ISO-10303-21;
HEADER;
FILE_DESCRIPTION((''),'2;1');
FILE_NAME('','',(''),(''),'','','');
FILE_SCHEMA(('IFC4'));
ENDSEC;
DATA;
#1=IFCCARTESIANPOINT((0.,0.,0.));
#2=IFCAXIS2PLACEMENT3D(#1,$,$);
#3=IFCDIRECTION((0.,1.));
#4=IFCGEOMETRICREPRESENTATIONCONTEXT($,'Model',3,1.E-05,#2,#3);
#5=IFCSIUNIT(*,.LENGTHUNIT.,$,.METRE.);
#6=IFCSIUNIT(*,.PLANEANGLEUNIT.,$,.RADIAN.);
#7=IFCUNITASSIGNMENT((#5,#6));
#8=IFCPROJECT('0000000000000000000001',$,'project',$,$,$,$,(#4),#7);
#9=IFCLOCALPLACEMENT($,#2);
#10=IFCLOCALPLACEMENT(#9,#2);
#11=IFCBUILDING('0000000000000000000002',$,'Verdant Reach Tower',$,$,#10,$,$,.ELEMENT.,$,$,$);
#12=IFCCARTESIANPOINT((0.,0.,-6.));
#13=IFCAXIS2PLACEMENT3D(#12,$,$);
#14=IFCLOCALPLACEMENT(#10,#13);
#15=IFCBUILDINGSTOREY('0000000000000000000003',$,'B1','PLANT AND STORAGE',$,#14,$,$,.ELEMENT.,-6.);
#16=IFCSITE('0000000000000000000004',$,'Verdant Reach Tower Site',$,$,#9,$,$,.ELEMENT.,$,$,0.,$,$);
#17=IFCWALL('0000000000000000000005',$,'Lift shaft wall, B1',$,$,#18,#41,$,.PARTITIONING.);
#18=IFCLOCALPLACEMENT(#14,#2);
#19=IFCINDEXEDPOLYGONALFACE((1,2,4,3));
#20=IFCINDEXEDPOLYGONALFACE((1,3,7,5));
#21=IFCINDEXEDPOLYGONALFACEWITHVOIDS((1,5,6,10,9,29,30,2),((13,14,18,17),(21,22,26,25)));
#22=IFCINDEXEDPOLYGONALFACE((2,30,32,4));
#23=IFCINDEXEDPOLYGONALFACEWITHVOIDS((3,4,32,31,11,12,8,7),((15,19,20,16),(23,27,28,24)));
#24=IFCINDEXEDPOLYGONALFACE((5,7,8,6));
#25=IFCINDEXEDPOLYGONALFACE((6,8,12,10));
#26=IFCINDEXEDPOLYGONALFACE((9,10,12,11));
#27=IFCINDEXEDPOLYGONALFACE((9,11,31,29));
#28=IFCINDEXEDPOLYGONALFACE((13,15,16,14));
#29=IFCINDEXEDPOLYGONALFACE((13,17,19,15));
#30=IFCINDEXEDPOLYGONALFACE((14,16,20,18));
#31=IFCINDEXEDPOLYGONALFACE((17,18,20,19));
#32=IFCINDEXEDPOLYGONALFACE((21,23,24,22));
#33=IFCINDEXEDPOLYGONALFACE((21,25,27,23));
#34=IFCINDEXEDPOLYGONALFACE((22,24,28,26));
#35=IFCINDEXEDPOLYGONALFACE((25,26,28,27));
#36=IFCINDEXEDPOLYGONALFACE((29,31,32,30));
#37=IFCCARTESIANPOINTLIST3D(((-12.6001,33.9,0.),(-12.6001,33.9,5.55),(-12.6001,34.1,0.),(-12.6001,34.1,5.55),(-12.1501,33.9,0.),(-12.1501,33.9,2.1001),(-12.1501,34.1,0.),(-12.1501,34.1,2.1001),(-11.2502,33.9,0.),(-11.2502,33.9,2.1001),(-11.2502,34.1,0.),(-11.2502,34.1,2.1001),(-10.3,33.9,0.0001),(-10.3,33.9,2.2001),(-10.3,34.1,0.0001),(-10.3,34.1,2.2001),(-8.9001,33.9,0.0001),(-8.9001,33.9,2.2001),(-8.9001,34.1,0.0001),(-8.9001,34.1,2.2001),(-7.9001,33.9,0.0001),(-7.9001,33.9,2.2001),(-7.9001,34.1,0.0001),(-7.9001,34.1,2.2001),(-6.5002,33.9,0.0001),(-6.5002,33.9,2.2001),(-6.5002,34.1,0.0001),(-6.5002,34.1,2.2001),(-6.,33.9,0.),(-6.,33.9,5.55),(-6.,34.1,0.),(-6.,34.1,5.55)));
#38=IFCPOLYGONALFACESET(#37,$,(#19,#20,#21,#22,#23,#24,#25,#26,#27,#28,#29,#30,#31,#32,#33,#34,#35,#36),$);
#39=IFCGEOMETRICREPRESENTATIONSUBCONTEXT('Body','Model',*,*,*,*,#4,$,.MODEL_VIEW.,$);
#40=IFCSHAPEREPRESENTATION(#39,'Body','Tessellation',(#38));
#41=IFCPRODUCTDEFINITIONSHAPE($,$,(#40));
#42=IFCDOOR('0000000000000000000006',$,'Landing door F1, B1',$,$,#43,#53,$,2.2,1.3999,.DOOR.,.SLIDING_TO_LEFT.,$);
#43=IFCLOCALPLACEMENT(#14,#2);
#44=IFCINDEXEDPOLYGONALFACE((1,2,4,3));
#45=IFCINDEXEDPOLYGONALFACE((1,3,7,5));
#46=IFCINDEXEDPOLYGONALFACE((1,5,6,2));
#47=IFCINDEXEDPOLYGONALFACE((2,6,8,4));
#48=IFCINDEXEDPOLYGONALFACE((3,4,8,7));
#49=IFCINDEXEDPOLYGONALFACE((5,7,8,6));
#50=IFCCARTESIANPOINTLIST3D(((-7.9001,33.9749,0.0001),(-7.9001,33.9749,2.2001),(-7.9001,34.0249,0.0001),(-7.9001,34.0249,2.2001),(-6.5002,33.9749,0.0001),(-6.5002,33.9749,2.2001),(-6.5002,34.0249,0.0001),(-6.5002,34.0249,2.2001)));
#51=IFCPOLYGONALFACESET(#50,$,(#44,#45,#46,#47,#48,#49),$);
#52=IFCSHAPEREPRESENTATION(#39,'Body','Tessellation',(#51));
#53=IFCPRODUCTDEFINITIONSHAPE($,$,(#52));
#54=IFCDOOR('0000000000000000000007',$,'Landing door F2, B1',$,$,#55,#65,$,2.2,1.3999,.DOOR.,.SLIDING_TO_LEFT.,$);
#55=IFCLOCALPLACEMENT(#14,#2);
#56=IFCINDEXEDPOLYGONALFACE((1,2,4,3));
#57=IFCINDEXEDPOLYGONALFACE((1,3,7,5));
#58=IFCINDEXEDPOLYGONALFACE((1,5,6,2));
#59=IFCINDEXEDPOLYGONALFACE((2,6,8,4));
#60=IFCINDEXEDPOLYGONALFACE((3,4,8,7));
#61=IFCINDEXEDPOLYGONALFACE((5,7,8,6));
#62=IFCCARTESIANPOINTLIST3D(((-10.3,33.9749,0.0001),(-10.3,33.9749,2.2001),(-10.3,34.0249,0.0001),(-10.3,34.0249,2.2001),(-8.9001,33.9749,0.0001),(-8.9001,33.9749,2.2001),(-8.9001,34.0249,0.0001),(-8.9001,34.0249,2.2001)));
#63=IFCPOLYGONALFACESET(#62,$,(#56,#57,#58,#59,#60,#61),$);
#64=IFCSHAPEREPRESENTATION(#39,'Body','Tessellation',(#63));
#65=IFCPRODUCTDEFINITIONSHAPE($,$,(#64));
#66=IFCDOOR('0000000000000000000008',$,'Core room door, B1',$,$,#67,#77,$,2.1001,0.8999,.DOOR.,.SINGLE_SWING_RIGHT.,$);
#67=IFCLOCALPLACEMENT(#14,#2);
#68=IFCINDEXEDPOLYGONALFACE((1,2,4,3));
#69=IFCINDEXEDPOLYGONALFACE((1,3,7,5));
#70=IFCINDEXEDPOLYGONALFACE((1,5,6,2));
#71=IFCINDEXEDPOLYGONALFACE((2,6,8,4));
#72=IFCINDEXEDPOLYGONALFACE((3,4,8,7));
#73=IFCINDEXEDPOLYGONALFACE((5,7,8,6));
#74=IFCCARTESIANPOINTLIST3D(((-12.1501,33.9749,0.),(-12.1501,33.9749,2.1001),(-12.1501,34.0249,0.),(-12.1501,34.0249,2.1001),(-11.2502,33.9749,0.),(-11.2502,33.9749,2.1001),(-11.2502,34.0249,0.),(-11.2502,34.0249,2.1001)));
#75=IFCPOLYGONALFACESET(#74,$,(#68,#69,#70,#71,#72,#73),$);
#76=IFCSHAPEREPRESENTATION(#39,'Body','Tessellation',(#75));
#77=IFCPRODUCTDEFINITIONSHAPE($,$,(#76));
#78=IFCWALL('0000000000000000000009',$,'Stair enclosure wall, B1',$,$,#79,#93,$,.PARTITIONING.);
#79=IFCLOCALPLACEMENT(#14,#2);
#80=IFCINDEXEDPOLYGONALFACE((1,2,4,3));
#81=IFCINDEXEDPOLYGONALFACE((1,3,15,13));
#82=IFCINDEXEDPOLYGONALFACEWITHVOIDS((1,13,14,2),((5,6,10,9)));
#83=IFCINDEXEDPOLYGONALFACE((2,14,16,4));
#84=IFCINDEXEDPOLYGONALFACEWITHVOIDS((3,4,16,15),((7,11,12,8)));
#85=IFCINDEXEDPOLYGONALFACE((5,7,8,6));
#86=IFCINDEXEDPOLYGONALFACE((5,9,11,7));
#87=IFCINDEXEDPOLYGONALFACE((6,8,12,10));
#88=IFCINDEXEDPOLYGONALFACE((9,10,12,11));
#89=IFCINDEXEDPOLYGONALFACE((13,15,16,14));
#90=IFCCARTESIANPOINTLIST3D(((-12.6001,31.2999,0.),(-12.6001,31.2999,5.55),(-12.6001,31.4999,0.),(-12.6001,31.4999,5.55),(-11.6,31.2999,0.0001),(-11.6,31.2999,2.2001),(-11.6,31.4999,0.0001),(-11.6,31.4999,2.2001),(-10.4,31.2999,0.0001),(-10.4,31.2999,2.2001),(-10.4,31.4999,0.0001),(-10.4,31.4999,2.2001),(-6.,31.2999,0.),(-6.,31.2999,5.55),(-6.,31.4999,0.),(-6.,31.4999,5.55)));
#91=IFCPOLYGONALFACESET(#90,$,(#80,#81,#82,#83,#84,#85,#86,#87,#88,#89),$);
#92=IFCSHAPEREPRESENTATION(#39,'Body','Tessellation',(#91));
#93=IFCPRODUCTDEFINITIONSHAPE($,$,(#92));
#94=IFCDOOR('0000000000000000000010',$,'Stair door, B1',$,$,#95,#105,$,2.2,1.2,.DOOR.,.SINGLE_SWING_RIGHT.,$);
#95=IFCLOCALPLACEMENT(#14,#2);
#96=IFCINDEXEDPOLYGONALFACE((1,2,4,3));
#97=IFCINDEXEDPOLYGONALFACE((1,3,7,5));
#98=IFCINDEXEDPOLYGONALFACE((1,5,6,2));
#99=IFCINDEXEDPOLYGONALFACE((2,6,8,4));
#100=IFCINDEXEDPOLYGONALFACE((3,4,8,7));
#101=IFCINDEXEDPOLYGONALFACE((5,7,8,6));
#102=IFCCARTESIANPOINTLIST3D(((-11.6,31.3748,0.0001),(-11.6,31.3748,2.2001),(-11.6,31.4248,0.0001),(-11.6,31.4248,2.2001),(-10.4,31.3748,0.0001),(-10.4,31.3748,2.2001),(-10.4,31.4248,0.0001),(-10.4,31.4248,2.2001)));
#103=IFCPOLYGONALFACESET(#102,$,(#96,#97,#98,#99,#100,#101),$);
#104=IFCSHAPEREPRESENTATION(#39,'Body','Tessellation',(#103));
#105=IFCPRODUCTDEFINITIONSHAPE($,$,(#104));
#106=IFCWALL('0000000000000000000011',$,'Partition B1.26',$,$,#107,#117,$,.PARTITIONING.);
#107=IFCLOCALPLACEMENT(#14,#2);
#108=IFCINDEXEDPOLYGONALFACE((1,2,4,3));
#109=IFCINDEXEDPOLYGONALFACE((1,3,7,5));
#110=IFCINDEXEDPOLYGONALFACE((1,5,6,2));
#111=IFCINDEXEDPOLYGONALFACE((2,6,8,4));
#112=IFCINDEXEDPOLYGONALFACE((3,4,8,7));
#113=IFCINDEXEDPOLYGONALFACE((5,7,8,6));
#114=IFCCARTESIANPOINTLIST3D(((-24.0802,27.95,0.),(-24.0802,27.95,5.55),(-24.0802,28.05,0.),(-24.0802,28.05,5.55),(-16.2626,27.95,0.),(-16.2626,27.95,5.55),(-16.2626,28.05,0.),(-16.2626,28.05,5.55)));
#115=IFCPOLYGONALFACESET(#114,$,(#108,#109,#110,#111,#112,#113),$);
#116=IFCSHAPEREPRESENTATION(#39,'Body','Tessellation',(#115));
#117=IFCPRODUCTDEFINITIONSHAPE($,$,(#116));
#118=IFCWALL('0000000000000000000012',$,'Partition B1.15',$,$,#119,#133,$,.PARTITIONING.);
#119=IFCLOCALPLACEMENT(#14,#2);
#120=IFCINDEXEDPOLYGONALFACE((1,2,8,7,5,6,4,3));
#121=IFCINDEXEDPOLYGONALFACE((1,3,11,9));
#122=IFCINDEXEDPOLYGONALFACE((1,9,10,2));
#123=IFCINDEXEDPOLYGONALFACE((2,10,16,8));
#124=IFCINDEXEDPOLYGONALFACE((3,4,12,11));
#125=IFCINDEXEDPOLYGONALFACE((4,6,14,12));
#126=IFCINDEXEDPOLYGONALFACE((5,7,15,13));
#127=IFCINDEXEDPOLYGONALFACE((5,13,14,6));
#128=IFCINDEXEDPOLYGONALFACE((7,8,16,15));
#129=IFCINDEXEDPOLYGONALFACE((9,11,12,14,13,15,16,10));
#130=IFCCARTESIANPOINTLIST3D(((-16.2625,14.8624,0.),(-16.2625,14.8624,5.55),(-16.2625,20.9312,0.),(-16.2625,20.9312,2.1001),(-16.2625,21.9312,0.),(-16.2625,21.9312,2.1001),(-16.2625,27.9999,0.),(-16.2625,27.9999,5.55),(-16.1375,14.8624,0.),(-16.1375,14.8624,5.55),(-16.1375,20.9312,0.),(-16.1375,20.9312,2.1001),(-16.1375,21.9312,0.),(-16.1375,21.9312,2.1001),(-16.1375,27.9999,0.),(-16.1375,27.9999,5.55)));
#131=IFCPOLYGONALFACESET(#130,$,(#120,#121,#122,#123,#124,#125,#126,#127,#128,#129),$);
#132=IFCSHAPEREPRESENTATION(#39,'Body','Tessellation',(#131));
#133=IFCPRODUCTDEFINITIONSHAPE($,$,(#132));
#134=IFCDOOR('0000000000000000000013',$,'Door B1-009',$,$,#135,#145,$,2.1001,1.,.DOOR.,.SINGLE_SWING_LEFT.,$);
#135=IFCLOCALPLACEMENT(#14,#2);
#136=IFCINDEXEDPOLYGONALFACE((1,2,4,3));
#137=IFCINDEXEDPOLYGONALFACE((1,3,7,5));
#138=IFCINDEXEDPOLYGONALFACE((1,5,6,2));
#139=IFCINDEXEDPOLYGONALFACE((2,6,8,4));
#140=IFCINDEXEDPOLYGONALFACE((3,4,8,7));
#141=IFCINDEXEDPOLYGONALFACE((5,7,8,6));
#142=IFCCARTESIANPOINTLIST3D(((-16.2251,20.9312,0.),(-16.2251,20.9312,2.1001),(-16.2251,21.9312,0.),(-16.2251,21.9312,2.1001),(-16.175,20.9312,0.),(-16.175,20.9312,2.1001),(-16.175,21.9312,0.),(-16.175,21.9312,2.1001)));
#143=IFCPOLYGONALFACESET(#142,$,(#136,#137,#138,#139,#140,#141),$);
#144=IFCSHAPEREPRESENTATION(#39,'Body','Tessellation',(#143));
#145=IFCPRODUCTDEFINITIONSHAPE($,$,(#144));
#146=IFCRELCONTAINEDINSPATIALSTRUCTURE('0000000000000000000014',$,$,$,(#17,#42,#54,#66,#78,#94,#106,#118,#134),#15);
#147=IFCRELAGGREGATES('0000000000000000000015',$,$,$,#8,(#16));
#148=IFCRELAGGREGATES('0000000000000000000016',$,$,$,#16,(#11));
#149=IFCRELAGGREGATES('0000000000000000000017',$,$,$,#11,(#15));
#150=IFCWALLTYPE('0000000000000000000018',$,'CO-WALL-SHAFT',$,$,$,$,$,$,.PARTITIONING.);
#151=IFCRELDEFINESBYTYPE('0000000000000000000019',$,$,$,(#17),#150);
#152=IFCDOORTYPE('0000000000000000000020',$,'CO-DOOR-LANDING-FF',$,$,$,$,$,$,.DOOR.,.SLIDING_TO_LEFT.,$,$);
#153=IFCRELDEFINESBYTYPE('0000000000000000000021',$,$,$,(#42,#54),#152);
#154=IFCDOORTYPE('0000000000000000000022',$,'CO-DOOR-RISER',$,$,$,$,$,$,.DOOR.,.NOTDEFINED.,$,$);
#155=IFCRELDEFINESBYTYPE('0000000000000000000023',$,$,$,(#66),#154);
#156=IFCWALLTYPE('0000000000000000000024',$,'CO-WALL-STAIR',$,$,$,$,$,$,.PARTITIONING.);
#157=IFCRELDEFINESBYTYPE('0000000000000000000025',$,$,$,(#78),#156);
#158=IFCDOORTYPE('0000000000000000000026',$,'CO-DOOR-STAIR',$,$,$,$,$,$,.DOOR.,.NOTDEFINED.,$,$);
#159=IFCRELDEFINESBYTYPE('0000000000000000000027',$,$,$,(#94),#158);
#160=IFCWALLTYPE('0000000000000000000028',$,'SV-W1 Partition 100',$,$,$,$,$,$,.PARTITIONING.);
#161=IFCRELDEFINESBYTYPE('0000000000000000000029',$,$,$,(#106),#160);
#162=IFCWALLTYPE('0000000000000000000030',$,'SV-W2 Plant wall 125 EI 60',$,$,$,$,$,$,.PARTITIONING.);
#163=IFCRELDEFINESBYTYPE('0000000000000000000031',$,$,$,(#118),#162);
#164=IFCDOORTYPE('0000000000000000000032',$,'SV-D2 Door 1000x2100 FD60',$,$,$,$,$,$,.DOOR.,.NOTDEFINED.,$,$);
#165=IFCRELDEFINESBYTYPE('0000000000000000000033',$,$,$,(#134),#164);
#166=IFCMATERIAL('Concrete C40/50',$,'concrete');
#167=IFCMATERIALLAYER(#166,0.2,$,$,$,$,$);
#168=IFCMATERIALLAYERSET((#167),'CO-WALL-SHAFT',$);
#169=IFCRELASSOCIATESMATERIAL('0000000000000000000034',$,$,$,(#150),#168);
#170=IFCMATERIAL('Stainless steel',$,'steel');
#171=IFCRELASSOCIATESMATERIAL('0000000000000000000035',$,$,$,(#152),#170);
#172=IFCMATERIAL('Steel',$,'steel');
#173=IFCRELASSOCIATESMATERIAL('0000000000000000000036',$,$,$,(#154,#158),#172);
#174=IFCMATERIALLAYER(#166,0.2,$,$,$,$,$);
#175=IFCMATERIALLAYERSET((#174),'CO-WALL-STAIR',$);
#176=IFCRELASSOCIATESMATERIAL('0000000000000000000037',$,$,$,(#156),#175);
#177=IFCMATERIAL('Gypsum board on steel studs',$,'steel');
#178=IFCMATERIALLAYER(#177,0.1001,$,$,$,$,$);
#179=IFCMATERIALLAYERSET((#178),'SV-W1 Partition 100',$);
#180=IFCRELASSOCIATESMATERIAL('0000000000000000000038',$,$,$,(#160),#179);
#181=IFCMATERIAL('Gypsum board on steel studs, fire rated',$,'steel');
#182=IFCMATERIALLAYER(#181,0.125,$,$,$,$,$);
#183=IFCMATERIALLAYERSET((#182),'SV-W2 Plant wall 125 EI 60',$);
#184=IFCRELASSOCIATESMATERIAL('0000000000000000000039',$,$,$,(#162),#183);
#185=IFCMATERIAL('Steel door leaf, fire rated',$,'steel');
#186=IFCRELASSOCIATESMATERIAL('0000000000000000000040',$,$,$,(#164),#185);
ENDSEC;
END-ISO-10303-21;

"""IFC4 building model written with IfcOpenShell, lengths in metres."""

from ifc_helpers import new_model, si_unit, direction, frame, frame_2d, origin, place, context, subcontext, project, spatial, rectangle, extrude, material, layer, layer_set, type_object, element, fill, save


model = new_model("IFC4")

# Units and contexts
model_context = context("Model", 3, precision=1e-05, world=origin(), true_north=direction((0.0, 1.0)))
body_context = subcontext(model_context, "Body", "Model", "MODEL_VIEW")
ifc_project = project(units=[si_unit("LENGTHUNIT", "METRE"), si_unit("PLANEANGLEUNIT", "RADIAN")], contexts=[model_context])

# Site, building, storey
site_placement = place(None, origin())
site = spatial("IfcSite", under=ifc_project, at=site_placement, Name="Verdant Reach Tower Site", CompositionType="ELEMENT", RefElevation=0.0)
building_placement = place(site_placement, origin())
building = spatial("IfcBuilding", under=site, at=building_placement, Name="Verdant Reach Tower", CompositionType="ELEMENT")
storey_placement = place(building_placement, frame((0.0, 0.0, -6.0)))
storey = spatial("IfcBuildingStorey", under=building, at=storey_placement, Name="B1", Description="PLANT AND STORAGE", CompositionType="ELEMENT", Elevation=-6.0)

# Shared definitions
ifc_material_1 = material(Name="Concrete C40/50", Category="concrete")

# Wall, openings, doors
ifc_layer_1 = layer(ifc_material_1, 0.2)
ifc_layer_set_1 = layer_set([ifc_layer_1], Name="CO-WALL-SHAFT")
wall_type_1 = type_object("IfcWallType", Name="CO-WALL-SHAFT", PredefinedType="PARTITIONING", material=ifc_layer_set_1)
wall_1_placement = place(storey_placement, frame((-12.6001, 34.0, 0.0), z_axis=(0.0, 0.0, 1.0), x_axis=(1.0, 0.0, 0.0)))
wall_1 = element("IfcWall", 1, at=wall_1_placement, inside=storey, type_object=wall_type_1, Name="Lift shaft wall, B1", PredefinedType="PARTITIONING", context=body_context, shape_type="SweptSolid", body=[
    extrude(rectangle(XDim=6.6001, YDim=0.2, at=frame_2d((3.3, 0.0))), origin(), (0.0, 0.0, 1.0), 5.55),
])
opening_1_placement = place(wall_1_placement, frame((4.7, 0.0, 0.0)))
opening_1 = element("IfcOpeningElement", 2, at=opening_1_placement, cuts=wall_1, PredefinedType="OPENING", context=body_context, shape_type="SweptSolid", body=[
    extrude(rectangle(XDim=1.3999, YDim=2.2, at=frame_2d((0.7, 1.1001))), frame((0.0, 0.1099, 0.0), z_axis=(0.0, -1.0, 0.0), x_axis=(1.0, 0.0, 0.0)), (0.0, 0.0, 1.0), 0.22),
])
opening_2_placement = place(wall_1_placement, frame((2.3, 0.0, 0.0)))
opening_2 = element("IfcOpeningElement", 3, at=opening_2_placement, cuts=wall_1, PredefinedType="OPENING", context=body_context, shape_type="SweptSolid", body=[
    extrude(rectangle(XDim=1.3999, YDim=2.2, at=frame_2d((0.7, 1.1001))), frame((0.0, 0.1099, 0.0), z_axis=(0.0, -1.0, 0.0), x_axis=(1.0, 0.0, 0.0)), (0.0, 0.0, 1.0), 0.22),
])
opening_3_placement = place(wall_1_placement, frame((0.45, 0.0, 0.0)))
opening_3 = element("IfcOpeningElement", 4, at=opening_3_placement, cuts=wall_1, PredefinedType="OPENING", context=body_context, shape_type="SweptSolid", body=[
    extrude(rectangle(XDim=0.8999, YDim=2.1001, at=frame_2d((0.45, 1.05))), frame((0.0, 0.1099, 0.0), z_axis=(0.0, -1.0, 0.0), x_axis=(1.0, 0.0, 0.0)), (0.0, 0.0, 1.0), 0.22),
])
ifc_material_2 = material(Name="Stainless steel", Category="steel")
door_type_1 = type_object("IfcDoorType", Name="CO-DOOR-LANDING-FF", OperationType="SLIDING_TO_LEFT", PredefinedType="DOOR", material=ifc_material_2)
door_1_placement = place(opening_1_placement, origin())
door_1 = element("IfcDoor", 5, at=door_1_placement, inside=storey, type_object=door_type_1, Name="Landing door F1, B1", OperationType="SLIDING_TO_LEFT", OverallHeight=2.2, OverallWidth=1.3999, PredefinedType="DOOR", context=body_context, shape_type="SweptSolid", body=[
    extrude(rectangle(XDim=1.3999, YDim=2.2, at=frame_2d((0.7, 1.1001))), frame((0.0, 0.0249, 0.0), z_axis=(0.0, -1.0, 0.0), x_axis=(1.0, 0.0, 0.0)), (0.0, 0.0, 1.0), 0.05),
])
fill(opening_1, door_1)
door_2_placement = place(opening_2_placement, origin())
door_2 = element("IfcDoor", 6, at=door_2_placement, inside=storey, type_object=door_type_1, Name="Landing door F2, B1", OperationType="SLIDING_TO_LEFT", OverallHeight=2.2, OverallWidth=1.3999, PredefinedType="DOOR", context=body_context, shape_type="SweptSolid", body=[
    extrude(rectangle(XDim=1.3999, YDim=2.2, at=frame_2d((0.7, 1.1001))), frame((0.0, 0.0249, 0.0), z_axis=(0.0, -1.0, 0.0), x_axis=(1.0, 0.0, 0.0)), (0.0, 0.0, 1.0), 0.05),
])
fill(opening_2, door_2)
ifc_material_3 = material(Name="Steel", Category="steel")
door_type_2 = type_object("IfcDoorType", Name="CO-DOOR-RISER", OperationType="NOTDEFINED", PredefinedType="DOOR", material=ifc_material_3)
door_3_placement = place(opening_3_placement, origin())
door_3 = element("IfcDoor", 7, at=door_3_placement, inside=storey, type_object=door_type_2, Name="Core room door, B1", OperationType="SINGLE_SWING_RIGHT", OverallHeight=2.1001, OverallWidth=0.8999, PredefinedType="DOOR", context=body_context, shape_type="SweptSolid", body=[
    extrude(rectangle(XDim=0.8999, YDim=2.1001, at=frame_2d((0.45, 1.05))), frame((0.0, 0.0249, 0.0), z_axis=(0.0, -1.0, 0.0), x_axis=(1.0, 0.0, 0.0)), (0.0, 0.0, 1.0), 0.05),
])
fill(opening_3, door_3)

# Wall, opening, door
ifc_layer_2 = layer(ifc_material_1, 0.2)
ifc_layer_set_2 = layer_set([ifc_layer_2], Name="CO-WALL-STAIR")
wall_type_2 = type_object("IfcWallType", Name="CO-WALL-STAIR", PredefinedType="PARTITIONING", material=ifc_layer_set_2)
wall_2_placement = place(storey_placement, frame((-12.6001, 31.3999, 0.0), z_axis=(0.0, 0.0, 1.0), x_axis=(1.0, 0.0, 0.0)))
wall_2 = element("IfcWall", 8, at=wall_2_placement, inside=storey, type_object=wall_type_2, Name="Stair enclosure wall, B1", PredefinedType="PARTITIONING", context=body_context, shape_type="SweptSolid", body=[
    extrude(rectangle(XDim=6.6001, YDim=0.2, at=frame_2d((3.3, 0.0))), origin(), (0.0, 0.0, 1.0), 5.55),
])
opening_4_placement = place(wall_2_placement, frame((1.0, 0.0, 0.0)))
opening_4 = element("IfcOpeningElement", 9, at=opening_4_placement, cuts=wall_2, PredefinedType="OPENING", context=body_context, shape_type="SweptSolid", body=[
    extrude(rectangle(XDim=1.2, YDim=2.2, at=frame_2d((0.6001, 1.1001))), frame((0.0, 0.1099, 0.0), z_axis=(0.0, -1.0, 0.0), x_axis=(1.0, 0.0, 0.0)), (0.0, 0.0, 1.0), 0.22),
])
door_type_3 = type_object("IfcDoorType", Name="CO-DOOR-STAIR", OperationType="NOTDEFINED", PredefinedType="DOOR", material=ifc_material_3)
door_4_placement = place(opening_4_placement, origin())
door_4 = element("IfcDoor", 10, at=door_4_placement, inside=storey, type_object=door_type_3, Name="Stair door, B1", OperationType="SINGLE_SWING_RIGHT", OverallHeight=2.2, OverallWidth=1.2, PredefinedType="DOOR", context=body_context, shape_type="SweptSolid", body=[
    extrude(rectangle(XDim=1.2, YDim=2.2, at=frame_2d((0.6001, 1.1001))), frame((0.0, 0.0249, 0.0), z_axis=(0.0, -1.0, 0.0), x_axis=(1.0, 0.0, 0.0)), (0.0, 0.0, 1.0), 0.05),
])
fill(opening_4, door_4)

# Wall
ifc_material_4 = material(Name="Gypsum board on steel studs", Category="steel")
ifc_layer_3 = layer(ifc_material_4, 0.1001)
ifc_layer_set_3 = layer_set([ifc_layer_3], Name="SV-W1 Partition 100")
wall_type_3 = type_object("IfcWallType", Name="SV-W1 Partition 100", PredefinedType="PARTITIONING", material=ifc_layer_set_3)
wall_3_placement = place(storey_placement, frame((-24.0801, 28.0, 0.0), z_axis=(0.0, 0.0, 1.0), x_axis=(1.0, 0.0, 0.0)))
element("IfcWall", 11, at=wall_3_placement, inside=storey, type_object=wall_type_3, Name="Partition B1.26", PredefinedType="PARTITIONING", context=body_context, shape_type="SweptSolid", body=[
    extrude(rectangle(XDim=7.8176, YDim=0.1001, at=frame_2d((3.9087, 0.0))), origin(), (0.0, 0.0, 1.0), 5.55),
])

# Wall, opening, door
ifc_material_5 = material(Name="Gypsum board on steel studs, fire rated", Category="steel")
ifc_layer_4 = layer(ifc_material_5, 0.125)
ifc_layer_set_4 = layer_set([ifc_layer_4], Name="SV-W2 Plant wall 125 EI 60")
wall_type_4 = type_object("IfcWallType", Name="SV-W2 Plant wall 125 EI 60", PredefinedType="PARTITIONING", material=ifc_layer_set_4)
wall_4_placement = place(storey_placement, frame((-16.2, 28.0, 0.0), z_axis=(0.0, 0.0, 1.0), x_axis=(0.0, -1.0, 0.0)))
wall_4 = element("IfcWall", 12, at=wall_4_placement, inside=storey, type_object=wall_type_4, Name="Partition B1.15", PredefinedType="PARTITIONING", context=body_context, shape_type="SweptSolid", body=[
    extrude(rectangle(XDim=13.1375, YDim=0.125, at=frame_2d((6.5688, 0.0))), origin(), (0.0, 0.0, 1.0), 5.55),
])
opening_5_placement = place(wall_4_placement, frame((6.0688, 0.0, 0.0)))
opening_5 = element("IfcOpeningElement", 13, at=opening_5_placement, cuts=wall_4, PredefinedType="OPENING", context=body_context, shape_type="SweptSolid", body=[
    extrude(rectangle(XDim=1.0, YDim=2.1001, at=frame_2d((0.5, 1.05))), frame((0.0, 0.0725, 0.0), z_axis=(0.0, -1.0, 0.0), x_axis=(1.0, 0.0, 0.0)), (0.0, 0.0, 1.0), 0.145),
])
ifc_material_6 = material(Name="Steel door leaf, fire rated", Category="steel")
door_type_4 = type_object("IfcDoorType", Name="SV-D2 Door 1000x2100 FD60", OperationType="NOTDEFINED", PredefinedType="DOOR", material=ifc_material_6)
door_5_placement = place(opening_5_placement, origin())
door_5 = element("IfcDoor", 14, at=door_5_placement, inside=storey, type_object=door_type_4, Name="Door B1-009", OperationType="SINGLE_SWING_LEFT", OverallHeight=2.1001, OverallWidth=1.0, PredefinedType="DOOR", context=body_context, shape_type="SweptSolid", body=[
    extrude(rectangle(XDim=1.0, YDim=2.1001, at=frame_2d((0.5, 1.05))), frame((0.0, 0.0249, 0.0), z_axis=(0.0, -1.0, 0.0), x_axis=(1.0, 0.0, 0.0)), (0.0, 0.0, 1.0), 0.05),
])
fill(opening_5, door_5)

save(model, "model.ifc")
